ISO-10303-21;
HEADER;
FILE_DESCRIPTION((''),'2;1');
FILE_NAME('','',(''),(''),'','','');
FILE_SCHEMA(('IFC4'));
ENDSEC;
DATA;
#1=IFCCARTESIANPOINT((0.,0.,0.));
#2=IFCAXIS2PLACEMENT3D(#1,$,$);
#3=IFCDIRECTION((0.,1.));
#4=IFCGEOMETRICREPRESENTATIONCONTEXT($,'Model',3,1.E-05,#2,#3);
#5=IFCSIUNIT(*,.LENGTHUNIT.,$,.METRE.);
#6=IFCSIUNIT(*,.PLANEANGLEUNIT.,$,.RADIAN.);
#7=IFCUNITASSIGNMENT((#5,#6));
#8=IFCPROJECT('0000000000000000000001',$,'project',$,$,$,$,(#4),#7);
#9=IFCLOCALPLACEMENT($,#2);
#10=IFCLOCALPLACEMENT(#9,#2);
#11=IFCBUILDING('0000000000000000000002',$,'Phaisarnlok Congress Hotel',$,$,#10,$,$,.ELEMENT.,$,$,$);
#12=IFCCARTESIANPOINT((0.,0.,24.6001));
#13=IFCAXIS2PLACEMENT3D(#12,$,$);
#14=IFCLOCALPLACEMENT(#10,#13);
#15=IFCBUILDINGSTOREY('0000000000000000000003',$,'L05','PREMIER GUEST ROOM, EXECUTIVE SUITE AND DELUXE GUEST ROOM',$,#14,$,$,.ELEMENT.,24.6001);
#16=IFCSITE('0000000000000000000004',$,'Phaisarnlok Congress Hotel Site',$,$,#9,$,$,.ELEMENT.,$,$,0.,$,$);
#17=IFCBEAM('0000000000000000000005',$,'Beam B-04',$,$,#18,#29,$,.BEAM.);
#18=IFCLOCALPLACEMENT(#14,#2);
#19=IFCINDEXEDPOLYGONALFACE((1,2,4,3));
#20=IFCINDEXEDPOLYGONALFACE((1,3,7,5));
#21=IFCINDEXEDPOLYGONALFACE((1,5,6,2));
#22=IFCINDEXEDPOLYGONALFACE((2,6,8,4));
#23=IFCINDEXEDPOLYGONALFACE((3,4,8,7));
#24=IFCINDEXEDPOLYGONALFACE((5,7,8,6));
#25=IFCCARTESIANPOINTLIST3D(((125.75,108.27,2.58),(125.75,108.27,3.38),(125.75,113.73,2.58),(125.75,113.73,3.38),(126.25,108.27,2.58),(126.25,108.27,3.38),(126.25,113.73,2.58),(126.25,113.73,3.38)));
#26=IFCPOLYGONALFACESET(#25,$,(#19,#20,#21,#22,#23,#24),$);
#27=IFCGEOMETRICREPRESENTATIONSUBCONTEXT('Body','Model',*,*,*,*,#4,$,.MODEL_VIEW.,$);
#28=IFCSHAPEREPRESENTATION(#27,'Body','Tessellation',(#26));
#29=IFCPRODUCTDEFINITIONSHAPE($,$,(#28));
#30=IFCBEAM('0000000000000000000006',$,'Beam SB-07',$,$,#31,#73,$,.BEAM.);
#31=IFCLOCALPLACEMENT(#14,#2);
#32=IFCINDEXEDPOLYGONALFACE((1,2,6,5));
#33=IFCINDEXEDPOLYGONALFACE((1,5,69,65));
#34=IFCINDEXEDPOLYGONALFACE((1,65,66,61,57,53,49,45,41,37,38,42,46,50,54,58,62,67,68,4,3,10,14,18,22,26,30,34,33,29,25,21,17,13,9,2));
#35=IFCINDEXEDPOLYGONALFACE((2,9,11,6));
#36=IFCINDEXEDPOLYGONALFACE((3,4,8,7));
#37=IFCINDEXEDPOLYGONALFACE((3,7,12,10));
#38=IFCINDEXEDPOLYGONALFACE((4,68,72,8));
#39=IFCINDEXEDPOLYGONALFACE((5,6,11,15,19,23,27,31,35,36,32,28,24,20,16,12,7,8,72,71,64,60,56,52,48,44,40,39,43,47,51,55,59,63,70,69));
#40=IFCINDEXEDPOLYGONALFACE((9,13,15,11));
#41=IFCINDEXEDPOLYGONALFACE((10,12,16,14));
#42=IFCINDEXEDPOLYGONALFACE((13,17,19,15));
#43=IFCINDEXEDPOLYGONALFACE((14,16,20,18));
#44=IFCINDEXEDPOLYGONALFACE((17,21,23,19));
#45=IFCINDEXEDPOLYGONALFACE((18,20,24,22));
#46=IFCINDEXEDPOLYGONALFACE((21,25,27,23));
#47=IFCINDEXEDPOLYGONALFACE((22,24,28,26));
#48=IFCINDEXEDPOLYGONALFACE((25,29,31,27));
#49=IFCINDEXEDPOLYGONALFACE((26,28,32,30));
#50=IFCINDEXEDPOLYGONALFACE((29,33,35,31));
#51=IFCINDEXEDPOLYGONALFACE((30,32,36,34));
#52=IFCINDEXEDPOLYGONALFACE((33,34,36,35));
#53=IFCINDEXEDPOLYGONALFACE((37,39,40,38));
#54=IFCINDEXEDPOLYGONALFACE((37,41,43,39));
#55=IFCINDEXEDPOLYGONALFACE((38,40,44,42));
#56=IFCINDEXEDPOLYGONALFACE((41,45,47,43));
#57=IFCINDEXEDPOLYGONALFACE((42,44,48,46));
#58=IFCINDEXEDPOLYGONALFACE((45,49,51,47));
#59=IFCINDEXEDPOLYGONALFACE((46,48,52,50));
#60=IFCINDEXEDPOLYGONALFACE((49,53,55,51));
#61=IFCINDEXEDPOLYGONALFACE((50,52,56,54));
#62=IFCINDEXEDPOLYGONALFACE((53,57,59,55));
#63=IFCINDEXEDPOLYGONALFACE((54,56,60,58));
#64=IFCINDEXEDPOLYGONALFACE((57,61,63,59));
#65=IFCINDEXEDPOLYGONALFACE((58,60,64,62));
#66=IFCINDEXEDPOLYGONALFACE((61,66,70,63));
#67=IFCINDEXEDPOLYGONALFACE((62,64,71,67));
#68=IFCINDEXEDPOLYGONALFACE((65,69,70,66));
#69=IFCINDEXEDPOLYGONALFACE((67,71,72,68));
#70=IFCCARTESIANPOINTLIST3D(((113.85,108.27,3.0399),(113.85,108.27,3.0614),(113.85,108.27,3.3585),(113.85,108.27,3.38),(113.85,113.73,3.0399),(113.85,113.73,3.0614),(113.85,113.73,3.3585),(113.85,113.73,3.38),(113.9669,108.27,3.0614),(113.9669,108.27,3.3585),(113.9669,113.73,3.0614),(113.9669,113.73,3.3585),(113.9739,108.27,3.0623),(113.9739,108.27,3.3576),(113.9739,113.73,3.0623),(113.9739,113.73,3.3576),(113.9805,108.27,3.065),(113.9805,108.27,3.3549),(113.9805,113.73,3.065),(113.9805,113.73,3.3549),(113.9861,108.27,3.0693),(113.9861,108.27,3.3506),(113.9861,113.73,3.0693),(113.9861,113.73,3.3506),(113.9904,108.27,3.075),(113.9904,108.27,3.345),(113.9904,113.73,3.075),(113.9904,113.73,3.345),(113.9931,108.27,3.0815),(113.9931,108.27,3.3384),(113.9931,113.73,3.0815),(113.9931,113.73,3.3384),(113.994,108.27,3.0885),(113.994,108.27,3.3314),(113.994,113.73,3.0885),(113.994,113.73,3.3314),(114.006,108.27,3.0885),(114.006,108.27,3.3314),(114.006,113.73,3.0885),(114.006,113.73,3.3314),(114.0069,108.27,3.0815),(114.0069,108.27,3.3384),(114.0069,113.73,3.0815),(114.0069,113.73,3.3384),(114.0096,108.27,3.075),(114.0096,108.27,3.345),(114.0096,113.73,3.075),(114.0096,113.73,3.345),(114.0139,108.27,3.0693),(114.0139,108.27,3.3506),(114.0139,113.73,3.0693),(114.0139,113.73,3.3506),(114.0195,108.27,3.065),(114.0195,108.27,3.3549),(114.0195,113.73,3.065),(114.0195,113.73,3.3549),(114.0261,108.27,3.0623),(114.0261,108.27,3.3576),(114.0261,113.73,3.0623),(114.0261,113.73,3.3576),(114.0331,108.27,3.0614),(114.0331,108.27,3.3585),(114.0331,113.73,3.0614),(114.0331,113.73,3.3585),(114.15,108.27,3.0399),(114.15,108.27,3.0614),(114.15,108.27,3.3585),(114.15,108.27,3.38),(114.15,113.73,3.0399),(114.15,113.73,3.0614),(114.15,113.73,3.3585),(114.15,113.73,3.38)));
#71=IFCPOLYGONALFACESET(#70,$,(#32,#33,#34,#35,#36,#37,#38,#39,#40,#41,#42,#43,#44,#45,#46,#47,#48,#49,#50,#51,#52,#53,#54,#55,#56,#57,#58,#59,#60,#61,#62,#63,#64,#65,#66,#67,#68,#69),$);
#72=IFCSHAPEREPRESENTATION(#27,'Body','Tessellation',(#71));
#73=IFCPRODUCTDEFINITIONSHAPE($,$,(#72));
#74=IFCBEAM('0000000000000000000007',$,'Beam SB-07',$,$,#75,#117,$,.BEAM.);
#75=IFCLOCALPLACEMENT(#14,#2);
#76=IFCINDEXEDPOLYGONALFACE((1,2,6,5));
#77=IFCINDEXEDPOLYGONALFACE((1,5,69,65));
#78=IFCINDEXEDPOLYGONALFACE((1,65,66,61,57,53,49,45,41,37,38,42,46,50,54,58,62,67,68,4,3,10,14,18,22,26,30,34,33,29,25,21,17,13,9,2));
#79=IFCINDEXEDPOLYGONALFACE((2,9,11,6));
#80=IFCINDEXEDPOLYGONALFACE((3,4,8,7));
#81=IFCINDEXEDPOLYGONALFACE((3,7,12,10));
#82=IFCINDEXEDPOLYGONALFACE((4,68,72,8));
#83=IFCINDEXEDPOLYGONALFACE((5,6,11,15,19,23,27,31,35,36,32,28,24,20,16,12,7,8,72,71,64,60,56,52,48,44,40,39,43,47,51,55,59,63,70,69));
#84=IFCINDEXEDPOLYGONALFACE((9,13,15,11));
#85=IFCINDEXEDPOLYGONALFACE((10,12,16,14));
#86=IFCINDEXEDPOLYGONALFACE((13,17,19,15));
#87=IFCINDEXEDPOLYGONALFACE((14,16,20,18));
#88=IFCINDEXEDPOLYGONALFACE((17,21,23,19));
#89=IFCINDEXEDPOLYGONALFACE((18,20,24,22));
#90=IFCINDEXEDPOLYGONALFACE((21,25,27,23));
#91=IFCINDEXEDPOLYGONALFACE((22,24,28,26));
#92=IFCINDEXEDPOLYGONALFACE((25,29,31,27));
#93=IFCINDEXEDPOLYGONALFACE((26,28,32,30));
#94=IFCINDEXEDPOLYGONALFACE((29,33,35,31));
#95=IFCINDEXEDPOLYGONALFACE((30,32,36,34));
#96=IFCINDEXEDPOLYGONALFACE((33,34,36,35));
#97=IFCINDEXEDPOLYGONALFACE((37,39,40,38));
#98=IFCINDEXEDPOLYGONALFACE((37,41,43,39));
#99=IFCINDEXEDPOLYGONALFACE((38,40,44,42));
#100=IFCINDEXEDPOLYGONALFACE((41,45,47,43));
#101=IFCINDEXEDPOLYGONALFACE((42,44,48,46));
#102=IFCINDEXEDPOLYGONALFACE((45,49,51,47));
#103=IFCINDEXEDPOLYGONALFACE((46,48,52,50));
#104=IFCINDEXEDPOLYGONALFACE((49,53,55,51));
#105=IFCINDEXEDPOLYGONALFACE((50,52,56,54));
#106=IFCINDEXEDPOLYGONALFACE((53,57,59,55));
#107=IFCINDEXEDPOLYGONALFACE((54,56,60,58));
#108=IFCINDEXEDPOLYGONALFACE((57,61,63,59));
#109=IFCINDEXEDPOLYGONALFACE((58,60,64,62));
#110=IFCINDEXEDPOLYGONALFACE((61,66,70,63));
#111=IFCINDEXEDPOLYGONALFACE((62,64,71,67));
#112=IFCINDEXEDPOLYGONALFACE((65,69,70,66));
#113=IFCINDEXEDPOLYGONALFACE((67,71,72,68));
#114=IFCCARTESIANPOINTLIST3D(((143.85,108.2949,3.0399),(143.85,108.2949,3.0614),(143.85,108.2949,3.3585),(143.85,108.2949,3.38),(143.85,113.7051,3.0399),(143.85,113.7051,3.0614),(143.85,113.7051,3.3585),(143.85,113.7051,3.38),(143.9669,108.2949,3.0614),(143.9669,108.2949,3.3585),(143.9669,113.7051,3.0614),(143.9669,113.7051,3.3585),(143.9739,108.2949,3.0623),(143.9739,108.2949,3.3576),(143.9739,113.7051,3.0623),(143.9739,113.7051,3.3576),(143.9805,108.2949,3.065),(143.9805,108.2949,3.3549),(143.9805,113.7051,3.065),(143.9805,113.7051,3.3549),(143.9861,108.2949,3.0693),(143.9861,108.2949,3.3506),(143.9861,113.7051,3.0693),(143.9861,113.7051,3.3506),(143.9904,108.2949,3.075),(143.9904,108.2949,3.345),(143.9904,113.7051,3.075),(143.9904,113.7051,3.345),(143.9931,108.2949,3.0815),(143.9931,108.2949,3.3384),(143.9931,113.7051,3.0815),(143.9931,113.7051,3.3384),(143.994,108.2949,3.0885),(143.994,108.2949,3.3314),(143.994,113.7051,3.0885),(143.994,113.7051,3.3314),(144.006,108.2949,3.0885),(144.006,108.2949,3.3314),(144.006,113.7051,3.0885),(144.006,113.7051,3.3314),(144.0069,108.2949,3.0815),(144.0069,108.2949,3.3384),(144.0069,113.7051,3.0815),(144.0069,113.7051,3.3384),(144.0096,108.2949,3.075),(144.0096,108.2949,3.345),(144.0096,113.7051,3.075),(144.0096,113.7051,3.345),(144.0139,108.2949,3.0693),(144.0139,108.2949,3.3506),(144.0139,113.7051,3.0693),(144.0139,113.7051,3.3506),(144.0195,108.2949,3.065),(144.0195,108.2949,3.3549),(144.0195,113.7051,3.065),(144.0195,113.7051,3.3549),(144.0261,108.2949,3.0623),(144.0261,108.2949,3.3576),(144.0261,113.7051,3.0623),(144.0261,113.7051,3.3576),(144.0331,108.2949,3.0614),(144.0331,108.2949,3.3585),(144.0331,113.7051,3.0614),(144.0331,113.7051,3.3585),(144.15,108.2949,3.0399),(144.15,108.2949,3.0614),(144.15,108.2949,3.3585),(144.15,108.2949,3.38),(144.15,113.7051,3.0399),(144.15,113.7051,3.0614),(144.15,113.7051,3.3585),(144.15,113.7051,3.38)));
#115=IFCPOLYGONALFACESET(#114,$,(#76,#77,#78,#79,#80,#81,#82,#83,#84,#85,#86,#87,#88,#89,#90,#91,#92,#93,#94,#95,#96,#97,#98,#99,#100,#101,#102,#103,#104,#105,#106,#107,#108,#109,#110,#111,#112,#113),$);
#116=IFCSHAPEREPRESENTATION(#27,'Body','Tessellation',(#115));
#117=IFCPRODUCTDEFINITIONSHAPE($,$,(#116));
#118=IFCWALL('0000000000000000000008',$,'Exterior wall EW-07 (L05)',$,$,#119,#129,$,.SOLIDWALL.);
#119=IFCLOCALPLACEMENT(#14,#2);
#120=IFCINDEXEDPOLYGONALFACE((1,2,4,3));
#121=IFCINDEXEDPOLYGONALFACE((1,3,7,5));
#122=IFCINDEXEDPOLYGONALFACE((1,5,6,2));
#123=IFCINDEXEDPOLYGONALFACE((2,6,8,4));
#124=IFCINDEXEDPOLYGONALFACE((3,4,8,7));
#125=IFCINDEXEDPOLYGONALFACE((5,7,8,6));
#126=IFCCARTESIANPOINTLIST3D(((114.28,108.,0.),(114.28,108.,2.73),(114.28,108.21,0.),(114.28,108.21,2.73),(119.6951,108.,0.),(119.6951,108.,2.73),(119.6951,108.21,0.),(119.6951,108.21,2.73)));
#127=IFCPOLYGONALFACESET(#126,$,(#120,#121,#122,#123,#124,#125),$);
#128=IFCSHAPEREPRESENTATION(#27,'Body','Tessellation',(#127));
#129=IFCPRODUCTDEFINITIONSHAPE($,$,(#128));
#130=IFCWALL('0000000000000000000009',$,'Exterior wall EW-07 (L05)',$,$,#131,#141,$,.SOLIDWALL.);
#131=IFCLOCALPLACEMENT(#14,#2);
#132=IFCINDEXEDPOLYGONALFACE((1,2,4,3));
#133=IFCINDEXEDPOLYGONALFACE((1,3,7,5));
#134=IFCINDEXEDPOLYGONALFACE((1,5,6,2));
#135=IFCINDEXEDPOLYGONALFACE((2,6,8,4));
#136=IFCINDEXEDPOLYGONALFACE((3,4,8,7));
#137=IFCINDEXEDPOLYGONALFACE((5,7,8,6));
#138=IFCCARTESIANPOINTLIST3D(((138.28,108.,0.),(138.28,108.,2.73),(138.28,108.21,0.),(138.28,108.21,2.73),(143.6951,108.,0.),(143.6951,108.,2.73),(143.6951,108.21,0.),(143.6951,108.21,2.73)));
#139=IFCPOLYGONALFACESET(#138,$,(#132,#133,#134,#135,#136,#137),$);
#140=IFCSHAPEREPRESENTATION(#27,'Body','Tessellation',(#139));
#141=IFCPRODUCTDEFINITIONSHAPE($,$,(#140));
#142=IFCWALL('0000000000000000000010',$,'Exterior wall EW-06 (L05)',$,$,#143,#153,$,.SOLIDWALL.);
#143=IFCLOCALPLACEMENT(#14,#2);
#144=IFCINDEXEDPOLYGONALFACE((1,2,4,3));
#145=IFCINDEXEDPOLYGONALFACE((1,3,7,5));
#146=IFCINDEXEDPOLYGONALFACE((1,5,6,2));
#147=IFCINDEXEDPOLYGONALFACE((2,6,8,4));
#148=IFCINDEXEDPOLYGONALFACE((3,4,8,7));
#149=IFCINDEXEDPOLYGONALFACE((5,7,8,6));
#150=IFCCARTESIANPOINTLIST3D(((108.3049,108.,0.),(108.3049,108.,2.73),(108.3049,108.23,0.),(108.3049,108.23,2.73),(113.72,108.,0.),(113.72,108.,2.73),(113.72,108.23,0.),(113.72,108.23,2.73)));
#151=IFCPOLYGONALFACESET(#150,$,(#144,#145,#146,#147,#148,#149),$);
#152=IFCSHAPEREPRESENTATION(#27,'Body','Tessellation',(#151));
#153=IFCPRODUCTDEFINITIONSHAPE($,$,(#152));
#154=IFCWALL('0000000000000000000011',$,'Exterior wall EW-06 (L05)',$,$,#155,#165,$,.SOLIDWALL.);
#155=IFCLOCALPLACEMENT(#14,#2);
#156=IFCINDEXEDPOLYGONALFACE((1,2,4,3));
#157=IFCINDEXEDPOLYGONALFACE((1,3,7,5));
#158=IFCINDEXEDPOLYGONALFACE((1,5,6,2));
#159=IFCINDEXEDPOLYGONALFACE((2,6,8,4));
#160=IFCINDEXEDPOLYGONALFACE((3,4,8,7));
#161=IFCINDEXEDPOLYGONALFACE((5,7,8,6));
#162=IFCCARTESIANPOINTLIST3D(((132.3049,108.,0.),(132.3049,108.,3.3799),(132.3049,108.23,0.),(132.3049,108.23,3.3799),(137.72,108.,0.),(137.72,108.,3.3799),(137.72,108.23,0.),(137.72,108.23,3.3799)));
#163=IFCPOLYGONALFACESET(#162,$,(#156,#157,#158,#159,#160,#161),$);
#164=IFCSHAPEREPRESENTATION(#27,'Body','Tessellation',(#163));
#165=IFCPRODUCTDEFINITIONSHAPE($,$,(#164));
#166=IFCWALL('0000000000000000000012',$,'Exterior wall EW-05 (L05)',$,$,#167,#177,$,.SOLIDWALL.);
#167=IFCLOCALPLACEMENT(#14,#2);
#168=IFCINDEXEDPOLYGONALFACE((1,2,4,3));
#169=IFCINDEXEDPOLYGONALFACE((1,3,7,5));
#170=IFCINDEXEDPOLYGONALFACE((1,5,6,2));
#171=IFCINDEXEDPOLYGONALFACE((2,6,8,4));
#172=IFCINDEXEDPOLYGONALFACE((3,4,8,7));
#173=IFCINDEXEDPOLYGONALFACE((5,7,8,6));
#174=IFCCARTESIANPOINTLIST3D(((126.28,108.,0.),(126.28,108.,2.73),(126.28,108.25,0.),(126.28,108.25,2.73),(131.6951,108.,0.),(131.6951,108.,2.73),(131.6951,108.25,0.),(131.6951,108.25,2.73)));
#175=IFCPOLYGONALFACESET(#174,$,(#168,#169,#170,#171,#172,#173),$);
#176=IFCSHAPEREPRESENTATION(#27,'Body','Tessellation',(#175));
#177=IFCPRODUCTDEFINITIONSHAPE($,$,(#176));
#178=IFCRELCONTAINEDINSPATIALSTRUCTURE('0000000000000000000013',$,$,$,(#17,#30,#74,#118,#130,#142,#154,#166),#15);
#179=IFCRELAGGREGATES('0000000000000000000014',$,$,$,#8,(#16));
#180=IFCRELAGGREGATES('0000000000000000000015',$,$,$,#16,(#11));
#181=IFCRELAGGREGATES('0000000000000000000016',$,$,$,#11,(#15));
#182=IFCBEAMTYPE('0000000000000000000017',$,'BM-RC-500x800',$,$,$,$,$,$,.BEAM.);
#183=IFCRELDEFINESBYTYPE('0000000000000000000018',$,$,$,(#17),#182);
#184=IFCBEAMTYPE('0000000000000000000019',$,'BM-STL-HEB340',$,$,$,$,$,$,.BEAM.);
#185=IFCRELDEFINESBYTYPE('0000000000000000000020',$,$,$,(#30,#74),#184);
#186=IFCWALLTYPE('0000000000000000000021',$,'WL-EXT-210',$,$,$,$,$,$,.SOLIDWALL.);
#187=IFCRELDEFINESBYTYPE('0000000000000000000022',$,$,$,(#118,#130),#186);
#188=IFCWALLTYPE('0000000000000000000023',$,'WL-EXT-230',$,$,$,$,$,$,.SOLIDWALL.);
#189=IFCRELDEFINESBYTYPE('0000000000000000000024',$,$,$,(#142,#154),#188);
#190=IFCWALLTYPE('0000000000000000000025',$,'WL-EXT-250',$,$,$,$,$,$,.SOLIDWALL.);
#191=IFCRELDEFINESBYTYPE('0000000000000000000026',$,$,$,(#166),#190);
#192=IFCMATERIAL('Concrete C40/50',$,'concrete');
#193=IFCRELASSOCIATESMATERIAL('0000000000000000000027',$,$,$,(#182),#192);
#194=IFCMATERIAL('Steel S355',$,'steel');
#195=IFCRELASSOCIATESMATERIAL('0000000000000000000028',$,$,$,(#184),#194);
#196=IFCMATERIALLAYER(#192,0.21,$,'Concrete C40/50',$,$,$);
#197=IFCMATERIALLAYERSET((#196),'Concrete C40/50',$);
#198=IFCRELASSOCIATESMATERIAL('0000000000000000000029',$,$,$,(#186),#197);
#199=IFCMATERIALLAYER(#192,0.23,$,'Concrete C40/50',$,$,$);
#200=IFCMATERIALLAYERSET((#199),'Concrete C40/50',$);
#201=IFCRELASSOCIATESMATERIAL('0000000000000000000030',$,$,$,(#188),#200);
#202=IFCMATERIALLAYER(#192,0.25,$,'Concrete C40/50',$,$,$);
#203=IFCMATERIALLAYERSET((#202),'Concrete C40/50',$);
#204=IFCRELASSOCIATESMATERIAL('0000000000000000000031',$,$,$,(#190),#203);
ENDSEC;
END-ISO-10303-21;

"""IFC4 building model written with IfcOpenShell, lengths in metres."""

from ifc_helpers import new_model, si_unit, direction, frame, frame_2d, origin, origin_2d, place, context, subcontext, project, spatial, rectangle, i_section, extrude, material, layer, layer_set, material_profile, profile_set, type_object, element, save


model = new_model("IFC4")

# Units and contexts
model_context = context("Model", 3, precision=1e-05, world=origin(), true_north=direction((0.0, 1.0)))
body_context = subcontext(model_context, "Body", "Model", "MODEL_VIEW")
ifc_project = project(units=[si_unit("LENGTHUNIT", "METRE"), si_unit("PLANEANGLEUNIT", "RADIAN")], contexts=[model_context])

# Site, building, storey
site_placement = place(None, origin())
site = spatial("IfcSite", under=ifc_project, at=site_placement, Name="Phaisarnlok Congress Hotel Site", CompositionType="ELEMENT", RefElevation=0.0)
building_placement = place(site_placement, origin())
building = spatial("IfcBuilding", under=site, at=building_placement, Name="Phaisarnlok Congress Hotel", CompositionType="ELEMENT")
storey_placement = place(building_placement, frame((0.0, 0.0, 24.6001)))
storey = spatial("IfcBuildingStorey", under=building, at=storey_placement, Name="L05", Description="PREMIER GUEST ROOM, EXECUTIVE SUITE AND DELUXE GUEST ROOM", CompositionType="ELEMENT", Elevation=24.6001)

# Beams
ifc_material_1 = material(Name="Concrete C40/50", Category="concrete")
ifc_material_profile_1 = material_profile(ifc_material_1, rectangle(XDim=0.5, YDim=0.8, at=origin_2d()), Name="RC 500x800")
ifc_profile_set_1 = profile_set([ifc_material_profile_1], Name="Concrete C40/50")
beam_type_1 = type_object("IfcBeamType", Name="BM-RC-500x800", PredefinedType="BEAM", material=ifc_profile_set_1)
beam_1_placement = place(storey_placement, frame((126.0, 108.27, 2.98), z_axis=(0.0, 1.0, 0.0), x_axis=(-1.0, 0.0, 0.0)))
element("IfcBeam", 1, at=beam_1_placement, inside=storey, type_object=beam_type_1, Name="Beam B-04", PredefinedType="BEAM", context=body_context, shape_type="SweptSolid", body=[
    extrude(rectangle(XDim=0.5, YDim=0.8, at=origin_2d()), origin(), (0.0, 0.0, 1.0), 5.46),
])
ifc_material_2 = material(Name="Steel S355", Category="steel")
ifc_material_profile_2 = material_profile(ifc_material_2, i_section(OverallWidth=0.3, OverallDepth=0.3401, WebThickness=0.012, FlangeThickness=0.0215, FilletRadius=0.0271, at=origin_2d()), Name="HEB 340")
ifc_profile_set_2 = profile_set([ifc_material_profile_2], Name="Steel S355")
beam_type_2 = type_object("IfcBeamType", Name="BM-STL-HEB340", PredefinedType="BEAM", material=ifc_profile_set_2)
beam_2_placement = place(storey_placement, frame((114.0, 108.27, 3.21), z_axis=(0.0, 1.0, 0.0), x_axis=(-1.0, 0.0, 0.0)))
element("IfcBeam", 2, at=beam_2_placement, inside=storey, type_object=beam_type_2, Name="Beam SB-07", PredefinedType="BEAM", context=body_context, shape_type="SweptSolid", body=[
    extrude(i_section(OverallWidth=0.3, OverallDepth=0.3401, WebThickness=0.012, FlangeThickness=0.0215, FilletRadius=0.0271, at=origin_2d()), origin(), (0.0, 0.0, 1.0), 5.46),
])
beam_3_placement = place(storey_placement, frame((144.0, 108.2949, 3.21), z_axis=(0.0, 1.0, 0.0), x_axis=(-1.0, 0.0, 0.0)))
element("IfcBeam", 3, at=beam_3_placement, inside=storey, type_object=beam_type_2, Name="Beam SB-07", PredefinedType="BEAM", context=body_context, shape_type="SweptSolid", body=[
    extrude(i_section(OverallWidth=0.3, OverallDepth=0.3401, WebThickness=0.012, FlangeThickness=0.0215, FilletRadius=0.0271, at=origin_2d()), origin(), (0.0, 0.0, 1.0), 5.4102),
])

# Walls
ifc_layer_1 = layer(ifc_material_1, 0.21, Name="Concrete C40/50")
ifc_layer_set_1 = layer_set([ifc_layer_1], Name="Concrete C40/50")
wall_type_1 = type_object("IfcWallType", Name="WL-EXT-210", PredefinedType="SOLIDWALL", material=ifc_layer_set_1)
for number, where, z_axis, x_axis, name in (
    (4, (114.28, 108.105, 0.0), (0.0, 0.0, 1.0), (1.0, 0.0, 0.0), "Exterior wall EW-07 (L05)"),
    (5, (138.28, 108.105, 0.0), (0.0, 0.0, 1.0), (1.0, 0.0, 0.0), "Exterior wall EW-07 (L05)"),
):
    element("IfcWall", number, at=place(storey_placement, frame(where, z_axis=z_axis, x_axis=x_axis)), inside=storey, type_object=wall_type_1, Name=name, PredefinedType="SOLIDWALL", context=body_context, shape_type="SweptSolid", body=[
        extrude(rectangle(XDim=5.415, YDim=0.21, at=frame_2d((2.7075, 0.0))), origin(), (0.0, 0.0, 1.0), 2.73),
    ])
ifc_layer_2 = layer(ifc_material_1, 0.23, Name="Concrete C40/50")
ifc_layer_set_2 = layer_set([ifc_layer_2], Name="Concrete C40/50")
wall_type_2 = type_object("IfcWallType", Name="WL-EXT-230", PredefinedType="SOLIDWALL", material=ifc_layer_set_2)
wall_1_placement = place(storey_placement, frame((108.3049, 108.115, 0.0), z_axis=(0.0, 0.0, 1.0), x_axis=(1.0, 0.0, 0.0)))
element("IfcWall", 6, at=wall_1_placement, inside=storey, type_object=wall_type_2, Name="Exterior wall EW-06 (L05)", PredefinedType="SOLIDWALL", context=body_context, shape_type="SweptSolid", body=[
    extrude(rectangle(XDim=5.415, YDim=0.23, at=frame_2d((2.7075, 0.0))), origin(), (0.0, 0.0, 1.0), 2.73),
])
wall_2_placement = place(storey_placement, frame((132.3049, 108.115, 0.0), z_axis=(0.0, 0.0, 1.0), x_axis=(1.0, 0.0, 0.0)))
element("IfcWall", 7, at=wall_2_placement, inside=storey, type_object=wall_type_2, Name="Exterior wall EW-06 (L05)", PredefinedType="SOLIDWALL", context=body_context, shape_type="SweptSolid", body=[
    extrude(rectangle(XDim=5.415, YDim=0.23, at=frame_2d((2.7075, 0.0))), origin(), (0.0, 0.0, 1.0), 3.3799),
])
ifc_layer_3 = layer(ifc_material_1, 0.25, Name="Concrete C40/50")
ifc_layer_set_3 = layer_set([ifc_layer_3], Name="Concrete C40/50")
wall_type_3 = type_object("IfcWallType", Name="WL-EXT-250", PredefinedType="SOLIDWALL", material=ifc_layer_set_3)
wall_3_placement = place(storey_placement, frame((126.28, 108.125, 0.0), z_axis=(0.0, 0.0, 1.0), x_axis=(1.0, 0.0, 0.0)))
element("IfcWall", 8, at=wall_3_placement, inside=storey, type_object=wall_type_3, Name="Exterior wall EW-05 (L05)", PredefinedType="SOLIDWALL", context=body_context, shape_type="SweptSolid", body=[
    extrude(rectangle(XDim=5.415, YDim=0.25, at=frame_2d((2.7075, 0.0))), origin(), (0.0, 0.0, 1.0), 2.73),
])

save(model, "model.ifc")
